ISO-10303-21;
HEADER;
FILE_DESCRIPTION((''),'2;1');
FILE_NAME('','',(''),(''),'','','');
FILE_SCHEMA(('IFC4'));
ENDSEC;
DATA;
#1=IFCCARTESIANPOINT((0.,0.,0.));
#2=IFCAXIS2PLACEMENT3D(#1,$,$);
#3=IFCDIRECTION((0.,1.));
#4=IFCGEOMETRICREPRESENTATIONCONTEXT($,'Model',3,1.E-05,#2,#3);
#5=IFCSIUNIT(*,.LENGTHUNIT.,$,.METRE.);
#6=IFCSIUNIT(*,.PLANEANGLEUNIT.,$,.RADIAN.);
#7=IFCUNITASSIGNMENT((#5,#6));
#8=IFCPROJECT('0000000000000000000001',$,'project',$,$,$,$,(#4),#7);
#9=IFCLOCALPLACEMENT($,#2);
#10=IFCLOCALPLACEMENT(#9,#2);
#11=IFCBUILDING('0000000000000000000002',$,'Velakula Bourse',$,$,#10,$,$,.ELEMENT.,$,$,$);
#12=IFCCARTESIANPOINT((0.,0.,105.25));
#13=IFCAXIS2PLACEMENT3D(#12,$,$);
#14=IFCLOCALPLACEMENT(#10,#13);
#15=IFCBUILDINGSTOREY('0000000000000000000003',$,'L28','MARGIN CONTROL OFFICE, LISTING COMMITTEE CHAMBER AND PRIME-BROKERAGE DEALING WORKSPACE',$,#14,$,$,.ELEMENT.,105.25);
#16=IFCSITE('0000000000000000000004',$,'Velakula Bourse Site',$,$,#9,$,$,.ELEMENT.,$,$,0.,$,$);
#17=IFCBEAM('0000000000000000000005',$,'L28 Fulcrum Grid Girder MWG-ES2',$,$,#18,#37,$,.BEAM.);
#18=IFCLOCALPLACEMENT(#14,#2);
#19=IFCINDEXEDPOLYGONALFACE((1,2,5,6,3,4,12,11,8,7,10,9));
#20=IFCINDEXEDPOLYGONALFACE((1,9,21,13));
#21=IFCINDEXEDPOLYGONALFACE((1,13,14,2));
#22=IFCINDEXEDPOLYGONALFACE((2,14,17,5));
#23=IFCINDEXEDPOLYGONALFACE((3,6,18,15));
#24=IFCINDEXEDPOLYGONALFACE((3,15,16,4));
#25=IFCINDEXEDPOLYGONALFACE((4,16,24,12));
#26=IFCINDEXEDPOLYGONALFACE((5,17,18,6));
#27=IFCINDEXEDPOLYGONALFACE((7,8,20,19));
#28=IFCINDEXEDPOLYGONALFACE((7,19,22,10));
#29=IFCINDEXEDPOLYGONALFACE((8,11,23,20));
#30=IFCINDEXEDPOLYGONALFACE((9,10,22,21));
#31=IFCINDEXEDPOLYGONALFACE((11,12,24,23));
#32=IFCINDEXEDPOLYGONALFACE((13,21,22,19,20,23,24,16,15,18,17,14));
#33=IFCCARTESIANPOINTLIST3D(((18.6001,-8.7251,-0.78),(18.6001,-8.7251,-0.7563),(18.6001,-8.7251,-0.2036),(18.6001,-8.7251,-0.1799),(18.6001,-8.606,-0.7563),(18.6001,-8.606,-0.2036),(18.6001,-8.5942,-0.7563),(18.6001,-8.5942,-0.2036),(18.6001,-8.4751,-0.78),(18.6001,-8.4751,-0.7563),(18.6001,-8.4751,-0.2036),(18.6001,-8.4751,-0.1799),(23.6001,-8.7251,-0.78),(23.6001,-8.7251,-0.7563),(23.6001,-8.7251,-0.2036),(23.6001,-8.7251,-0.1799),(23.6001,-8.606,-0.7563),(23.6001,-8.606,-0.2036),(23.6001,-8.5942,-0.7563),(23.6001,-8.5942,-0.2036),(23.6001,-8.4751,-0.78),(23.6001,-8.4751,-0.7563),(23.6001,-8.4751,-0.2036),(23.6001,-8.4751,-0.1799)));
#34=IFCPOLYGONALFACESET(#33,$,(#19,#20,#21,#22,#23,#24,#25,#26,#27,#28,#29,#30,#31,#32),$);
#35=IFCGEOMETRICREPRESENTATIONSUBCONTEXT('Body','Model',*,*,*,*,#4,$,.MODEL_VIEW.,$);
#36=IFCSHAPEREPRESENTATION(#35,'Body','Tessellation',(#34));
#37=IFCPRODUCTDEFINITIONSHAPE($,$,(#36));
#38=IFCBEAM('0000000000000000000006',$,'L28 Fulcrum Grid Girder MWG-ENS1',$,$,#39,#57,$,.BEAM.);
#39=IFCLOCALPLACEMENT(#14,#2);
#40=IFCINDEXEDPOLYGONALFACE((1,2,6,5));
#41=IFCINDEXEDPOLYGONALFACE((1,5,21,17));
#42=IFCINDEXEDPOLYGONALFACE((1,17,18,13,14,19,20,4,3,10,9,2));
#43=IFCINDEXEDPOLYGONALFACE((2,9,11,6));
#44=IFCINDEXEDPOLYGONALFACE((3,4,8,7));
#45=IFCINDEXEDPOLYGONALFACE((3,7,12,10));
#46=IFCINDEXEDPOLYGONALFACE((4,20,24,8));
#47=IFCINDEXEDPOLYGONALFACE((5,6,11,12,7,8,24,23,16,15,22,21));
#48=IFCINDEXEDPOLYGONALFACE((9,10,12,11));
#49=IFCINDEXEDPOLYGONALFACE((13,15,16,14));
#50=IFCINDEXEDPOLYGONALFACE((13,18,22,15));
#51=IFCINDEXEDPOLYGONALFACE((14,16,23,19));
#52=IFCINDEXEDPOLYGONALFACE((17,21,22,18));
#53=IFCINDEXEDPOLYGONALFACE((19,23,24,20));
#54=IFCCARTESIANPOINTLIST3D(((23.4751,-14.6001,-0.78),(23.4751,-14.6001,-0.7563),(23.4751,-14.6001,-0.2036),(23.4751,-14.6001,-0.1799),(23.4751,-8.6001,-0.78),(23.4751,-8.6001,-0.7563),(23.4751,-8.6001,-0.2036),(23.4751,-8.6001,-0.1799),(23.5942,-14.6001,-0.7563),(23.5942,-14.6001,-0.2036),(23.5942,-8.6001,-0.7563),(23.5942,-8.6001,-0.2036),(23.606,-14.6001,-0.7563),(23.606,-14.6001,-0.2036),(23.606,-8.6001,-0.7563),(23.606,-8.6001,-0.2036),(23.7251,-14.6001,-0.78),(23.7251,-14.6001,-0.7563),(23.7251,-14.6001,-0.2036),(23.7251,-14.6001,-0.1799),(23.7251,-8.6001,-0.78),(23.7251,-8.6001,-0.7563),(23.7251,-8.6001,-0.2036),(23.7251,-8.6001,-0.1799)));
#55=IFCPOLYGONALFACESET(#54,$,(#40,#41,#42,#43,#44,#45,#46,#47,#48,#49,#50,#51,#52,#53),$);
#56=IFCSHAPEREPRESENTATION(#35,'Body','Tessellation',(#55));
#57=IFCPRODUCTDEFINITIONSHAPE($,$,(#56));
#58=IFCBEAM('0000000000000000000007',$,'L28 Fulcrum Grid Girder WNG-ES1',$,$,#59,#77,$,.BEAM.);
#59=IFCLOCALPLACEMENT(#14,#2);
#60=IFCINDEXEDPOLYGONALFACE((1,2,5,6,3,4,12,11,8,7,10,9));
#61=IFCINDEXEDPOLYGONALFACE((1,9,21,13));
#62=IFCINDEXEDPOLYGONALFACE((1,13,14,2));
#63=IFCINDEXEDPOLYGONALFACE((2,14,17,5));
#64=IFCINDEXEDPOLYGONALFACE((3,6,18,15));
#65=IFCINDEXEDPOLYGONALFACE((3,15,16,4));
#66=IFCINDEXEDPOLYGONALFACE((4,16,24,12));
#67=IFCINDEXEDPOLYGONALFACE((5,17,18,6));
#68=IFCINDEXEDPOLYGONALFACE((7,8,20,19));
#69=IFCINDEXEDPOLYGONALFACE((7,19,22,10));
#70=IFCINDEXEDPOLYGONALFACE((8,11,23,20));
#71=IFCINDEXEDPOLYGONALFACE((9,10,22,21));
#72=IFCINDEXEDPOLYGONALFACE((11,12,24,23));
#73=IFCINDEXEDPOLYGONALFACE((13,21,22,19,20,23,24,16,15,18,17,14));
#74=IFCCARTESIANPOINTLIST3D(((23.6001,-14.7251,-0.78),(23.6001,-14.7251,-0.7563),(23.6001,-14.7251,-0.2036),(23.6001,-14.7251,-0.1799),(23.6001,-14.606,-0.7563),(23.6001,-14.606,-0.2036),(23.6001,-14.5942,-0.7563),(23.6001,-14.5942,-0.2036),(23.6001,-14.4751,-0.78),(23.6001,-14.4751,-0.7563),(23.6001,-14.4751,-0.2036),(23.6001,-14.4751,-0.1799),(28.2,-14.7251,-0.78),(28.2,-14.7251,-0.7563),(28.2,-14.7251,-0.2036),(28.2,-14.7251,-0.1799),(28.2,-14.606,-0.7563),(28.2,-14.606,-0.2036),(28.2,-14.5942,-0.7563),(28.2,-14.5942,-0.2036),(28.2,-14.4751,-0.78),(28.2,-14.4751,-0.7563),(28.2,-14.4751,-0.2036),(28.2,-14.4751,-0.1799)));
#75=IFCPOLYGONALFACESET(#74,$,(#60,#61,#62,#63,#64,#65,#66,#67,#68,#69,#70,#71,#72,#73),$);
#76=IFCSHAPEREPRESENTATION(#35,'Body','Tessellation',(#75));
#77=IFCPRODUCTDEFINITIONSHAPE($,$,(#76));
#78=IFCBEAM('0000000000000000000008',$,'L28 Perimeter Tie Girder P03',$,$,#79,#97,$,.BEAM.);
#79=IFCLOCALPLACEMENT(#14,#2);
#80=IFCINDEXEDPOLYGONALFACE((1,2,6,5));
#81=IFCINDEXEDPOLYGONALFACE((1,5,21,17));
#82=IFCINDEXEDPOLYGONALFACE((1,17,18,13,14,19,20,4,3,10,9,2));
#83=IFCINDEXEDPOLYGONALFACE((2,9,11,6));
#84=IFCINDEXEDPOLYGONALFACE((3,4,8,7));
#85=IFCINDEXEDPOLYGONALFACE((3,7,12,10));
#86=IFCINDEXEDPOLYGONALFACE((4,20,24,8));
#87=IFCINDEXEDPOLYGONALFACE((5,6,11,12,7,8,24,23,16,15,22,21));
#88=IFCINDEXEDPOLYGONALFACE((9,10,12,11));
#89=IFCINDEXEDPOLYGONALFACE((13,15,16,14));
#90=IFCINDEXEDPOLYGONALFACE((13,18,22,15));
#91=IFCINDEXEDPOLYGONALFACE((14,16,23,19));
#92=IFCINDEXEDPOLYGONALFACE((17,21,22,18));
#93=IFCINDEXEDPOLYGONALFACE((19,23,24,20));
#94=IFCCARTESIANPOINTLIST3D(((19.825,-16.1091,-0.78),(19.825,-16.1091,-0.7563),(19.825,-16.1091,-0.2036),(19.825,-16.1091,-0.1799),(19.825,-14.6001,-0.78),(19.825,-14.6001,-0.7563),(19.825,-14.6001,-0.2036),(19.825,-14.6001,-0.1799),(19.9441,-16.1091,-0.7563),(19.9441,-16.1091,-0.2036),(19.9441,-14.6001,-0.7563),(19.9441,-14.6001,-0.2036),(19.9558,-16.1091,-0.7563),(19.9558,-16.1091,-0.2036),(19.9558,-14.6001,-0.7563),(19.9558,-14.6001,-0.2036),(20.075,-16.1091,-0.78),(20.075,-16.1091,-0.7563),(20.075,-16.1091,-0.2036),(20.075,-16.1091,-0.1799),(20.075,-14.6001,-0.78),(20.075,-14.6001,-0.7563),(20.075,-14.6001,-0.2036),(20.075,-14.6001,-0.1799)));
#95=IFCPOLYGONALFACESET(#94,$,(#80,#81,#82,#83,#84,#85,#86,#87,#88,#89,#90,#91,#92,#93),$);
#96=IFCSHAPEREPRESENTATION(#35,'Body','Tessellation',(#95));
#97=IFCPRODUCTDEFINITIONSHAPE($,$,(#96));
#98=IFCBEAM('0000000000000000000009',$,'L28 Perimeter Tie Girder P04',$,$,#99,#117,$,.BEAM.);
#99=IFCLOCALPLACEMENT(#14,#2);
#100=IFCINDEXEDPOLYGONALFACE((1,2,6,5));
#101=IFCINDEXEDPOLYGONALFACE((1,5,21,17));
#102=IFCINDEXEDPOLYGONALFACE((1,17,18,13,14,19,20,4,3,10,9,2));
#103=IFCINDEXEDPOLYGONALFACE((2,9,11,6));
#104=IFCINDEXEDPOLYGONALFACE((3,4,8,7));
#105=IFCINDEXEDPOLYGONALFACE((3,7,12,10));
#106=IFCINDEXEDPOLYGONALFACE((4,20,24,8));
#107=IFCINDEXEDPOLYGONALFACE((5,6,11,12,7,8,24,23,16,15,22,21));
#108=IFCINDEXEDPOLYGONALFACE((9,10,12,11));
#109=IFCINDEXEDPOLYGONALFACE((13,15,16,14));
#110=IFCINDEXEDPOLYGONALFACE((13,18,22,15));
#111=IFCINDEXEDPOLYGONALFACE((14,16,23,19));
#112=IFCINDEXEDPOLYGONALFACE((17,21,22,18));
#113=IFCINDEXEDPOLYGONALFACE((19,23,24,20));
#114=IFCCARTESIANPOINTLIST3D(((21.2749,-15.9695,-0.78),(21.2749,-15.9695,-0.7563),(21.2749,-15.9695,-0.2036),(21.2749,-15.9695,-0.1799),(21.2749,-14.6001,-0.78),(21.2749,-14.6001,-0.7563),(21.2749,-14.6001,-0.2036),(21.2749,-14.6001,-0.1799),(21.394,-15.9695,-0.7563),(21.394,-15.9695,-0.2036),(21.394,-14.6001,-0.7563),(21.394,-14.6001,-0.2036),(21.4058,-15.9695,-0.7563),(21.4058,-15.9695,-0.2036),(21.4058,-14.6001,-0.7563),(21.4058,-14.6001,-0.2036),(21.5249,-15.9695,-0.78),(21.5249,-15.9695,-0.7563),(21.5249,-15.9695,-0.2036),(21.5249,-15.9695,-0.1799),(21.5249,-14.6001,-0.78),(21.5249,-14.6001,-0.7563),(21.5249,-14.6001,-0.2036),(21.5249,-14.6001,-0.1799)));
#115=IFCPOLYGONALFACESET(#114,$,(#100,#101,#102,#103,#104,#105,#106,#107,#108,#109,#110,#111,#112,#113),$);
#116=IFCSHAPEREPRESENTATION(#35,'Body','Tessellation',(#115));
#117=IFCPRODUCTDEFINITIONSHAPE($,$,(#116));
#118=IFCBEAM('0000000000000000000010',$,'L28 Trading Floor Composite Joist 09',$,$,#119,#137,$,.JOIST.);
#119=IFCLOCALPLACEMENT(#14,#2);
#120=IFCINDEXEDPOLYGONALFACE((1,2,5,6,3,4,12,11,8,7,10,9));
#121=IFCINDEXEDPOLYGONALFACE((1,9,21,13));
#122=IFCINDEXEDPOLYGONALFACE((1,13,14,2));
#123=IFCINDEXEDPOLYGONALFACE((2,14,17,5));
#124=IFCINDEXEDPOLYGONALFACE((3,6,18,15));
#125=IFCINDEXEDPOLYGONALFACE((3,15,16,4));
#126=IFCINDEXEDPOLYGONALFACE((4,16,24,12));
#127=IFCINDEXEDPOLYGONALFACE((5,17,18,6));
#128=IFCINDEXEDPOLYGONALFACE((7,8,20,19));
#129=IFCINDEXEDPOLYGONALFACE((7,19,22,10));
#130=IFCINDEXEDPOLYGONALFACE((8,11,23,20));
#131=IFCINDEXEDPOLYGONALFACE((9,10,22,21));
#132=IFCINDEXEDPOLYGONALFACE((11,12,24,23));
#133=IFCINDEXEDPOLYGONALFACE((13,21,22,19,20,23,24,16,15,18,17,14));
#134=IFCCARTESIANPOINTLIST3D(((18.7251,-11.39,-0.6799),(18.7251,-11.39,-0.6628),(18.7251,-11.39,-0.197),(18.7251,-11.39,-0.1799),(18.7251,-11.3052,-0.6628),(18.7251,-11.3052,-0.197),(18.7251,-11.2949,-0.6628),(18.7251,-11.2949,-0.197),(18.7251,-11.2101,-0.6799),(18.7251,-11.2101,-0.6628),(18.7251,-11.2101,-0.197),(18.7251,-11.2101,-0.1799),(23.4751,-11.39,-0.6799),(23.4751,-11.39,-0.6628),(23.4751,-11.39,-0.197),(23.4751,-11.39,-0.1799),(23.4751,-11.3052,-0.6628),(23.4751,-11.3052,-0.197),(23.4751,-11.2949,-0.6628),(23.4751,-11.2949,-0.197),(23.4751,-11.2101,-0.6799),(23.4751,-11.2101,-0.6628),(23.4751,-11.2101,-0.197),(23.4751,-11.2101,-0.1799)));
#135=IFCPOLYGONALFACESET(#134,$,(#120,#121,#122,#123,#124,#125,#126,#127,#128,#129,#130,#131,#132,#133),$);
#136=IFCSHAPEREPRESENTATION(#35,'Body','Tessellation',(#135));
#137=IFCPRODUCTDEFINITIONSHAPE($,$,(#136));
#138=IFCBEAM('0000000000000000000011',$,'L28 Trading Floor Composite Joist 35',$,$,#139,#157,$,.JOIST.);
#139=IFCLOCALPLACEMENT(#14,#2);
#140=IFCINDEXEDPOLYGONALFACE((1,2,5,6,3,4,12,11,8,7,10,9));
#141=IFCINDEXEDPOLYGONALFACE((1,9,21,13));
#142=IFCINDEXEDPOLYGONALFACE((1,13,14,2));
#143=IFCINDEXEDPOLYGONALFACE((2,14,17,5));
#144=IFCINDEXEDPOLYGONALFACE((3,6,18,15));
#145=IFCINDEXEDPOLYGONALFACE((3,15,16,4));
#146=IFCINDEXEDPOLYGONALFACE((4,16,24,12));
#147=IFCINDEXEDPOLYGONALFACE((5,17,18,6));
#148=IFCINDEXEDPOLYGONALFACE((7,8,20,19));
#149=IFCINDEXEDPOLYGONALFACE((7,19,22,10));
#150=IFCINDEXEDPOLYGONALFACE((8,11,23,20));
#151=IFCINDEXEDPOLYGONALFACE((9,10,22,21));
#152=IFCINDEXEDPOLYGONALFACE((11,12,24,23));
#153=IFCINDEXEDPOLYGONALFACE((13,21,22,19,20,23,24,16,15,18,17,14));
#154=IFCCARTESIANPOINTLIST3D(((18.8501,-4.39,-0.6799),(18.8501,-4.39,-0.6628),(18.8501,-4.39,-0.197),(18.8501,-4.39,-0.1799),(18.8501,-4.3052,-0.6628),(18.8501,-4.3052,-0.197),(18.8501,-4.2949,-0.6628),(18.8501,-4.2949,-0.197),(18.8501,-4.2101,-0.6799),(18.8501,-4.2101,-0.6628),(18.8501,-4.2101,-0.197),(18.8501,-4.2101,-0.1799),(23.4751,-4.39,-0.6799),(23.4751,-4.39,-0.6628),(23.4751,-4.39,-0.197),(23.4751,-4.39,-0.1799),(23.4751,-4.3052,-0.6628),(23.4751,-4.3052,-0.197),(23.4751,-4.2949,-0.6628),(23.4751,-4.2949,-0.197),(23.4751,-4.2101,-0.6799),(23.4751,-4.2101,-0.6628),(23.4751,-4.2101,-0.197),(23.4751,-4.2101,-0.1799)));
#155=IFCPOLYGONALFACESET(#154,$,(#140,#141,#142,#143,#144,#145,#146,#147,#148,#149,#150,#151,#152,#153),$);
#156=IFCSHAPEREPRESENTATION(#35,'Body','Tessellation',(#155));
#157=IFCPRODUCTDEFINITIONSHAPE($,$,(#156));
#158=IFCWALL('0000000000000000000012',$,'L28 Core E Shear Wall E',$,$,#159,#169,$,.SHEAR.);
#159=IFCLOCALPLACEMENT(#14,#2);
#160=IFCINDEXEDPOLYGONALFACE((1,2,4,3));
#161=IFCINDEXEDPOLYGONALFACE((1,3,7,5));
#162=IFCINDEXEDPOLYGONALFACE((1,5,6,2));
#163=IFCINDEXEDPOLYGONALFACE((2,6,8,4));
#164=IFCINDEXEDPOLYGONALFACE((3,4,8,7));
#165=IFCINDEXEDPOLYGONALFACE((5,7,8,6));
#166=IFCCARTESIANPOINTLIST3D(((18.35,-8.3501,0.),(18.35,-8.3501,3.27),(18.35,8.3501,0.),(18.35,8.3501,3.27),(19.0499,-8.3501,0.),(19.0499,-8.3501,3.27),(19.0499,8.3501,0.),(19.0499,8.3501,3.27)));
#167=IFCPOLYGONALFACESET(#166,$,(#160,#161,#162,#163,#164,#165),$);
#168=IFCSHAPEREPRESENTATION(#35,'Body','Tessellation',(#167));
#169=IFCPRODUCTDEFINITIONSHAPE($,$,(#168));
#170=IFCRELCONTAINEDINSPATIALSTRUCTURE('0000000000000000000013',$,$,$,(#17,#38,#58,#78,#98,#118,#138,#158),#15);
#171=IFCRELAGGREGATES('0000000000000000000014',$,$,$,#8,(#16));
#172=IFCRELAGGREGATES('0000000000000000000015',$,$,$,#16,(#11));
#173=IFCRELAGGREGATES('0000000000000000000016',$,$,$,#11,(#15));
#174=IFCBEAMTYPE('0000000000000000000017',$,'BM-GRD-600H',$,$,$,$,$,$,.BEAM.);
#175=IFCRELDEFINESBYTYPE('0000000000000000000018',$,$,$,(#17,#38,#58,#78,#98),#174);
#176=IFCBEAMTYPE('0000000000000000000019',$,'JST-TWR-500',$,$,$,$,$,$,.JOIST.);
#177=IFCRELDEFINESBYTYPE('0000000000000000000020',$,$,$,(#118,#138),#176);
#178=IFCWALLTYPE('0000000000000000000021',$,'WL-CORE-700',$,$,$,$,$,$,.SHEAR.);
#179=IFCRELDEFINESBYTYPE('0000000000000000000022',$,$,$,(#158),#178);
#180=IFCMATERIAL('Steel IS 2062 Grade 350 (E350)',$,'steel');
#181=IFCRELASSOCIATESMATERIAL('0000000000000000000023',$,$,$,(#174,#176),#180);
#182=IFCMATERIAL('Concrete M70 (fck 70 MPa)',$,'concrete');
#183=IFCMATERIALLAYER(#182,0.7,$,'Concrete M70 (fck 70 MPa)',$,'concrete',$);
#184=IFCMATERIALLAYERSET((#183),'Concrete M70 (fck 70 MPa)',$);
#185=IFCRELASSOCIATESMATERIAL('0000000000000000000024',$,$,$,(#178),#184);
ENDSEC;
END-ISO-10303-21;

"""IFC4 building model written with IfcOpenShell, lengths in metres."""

from ifc_helpers import new_model, si_unit, direction, frame, frame_2d, origin, origin_2d, place, context, subcontext, project, spatial, rectangle, i_section, extrude, material, layer, layer_set, material_profile, profile_set, type_object, element, save


model = new_model("IFC4")

# Units and contexts
model_context = context("Model", 3, precision=1e-05, world=origin(), true_north=direction((0.0, 1.0)))
body_context = subcontext(model_context, "Body", "Model", "MODEL_VIEW")
ifc_project = project(units=[si_unit("LENGTHUNIT", "METRE"), si_unit("PLANEANGLEUNIT", "RADIAN")], contexts=[model_context])

# Site, building, storey
site_placement = place(None, origin())
site = spatial("IfcSite", under=ifc_project, at=site_placement, Name="Velakula Bourse Site", CompositionType="ELEMENT", RefElevation=0.0)
building_placement = place(site_placement, origin())
building = spatial("IfcBuilding", under=site, at=building_placement, Name="Velakula Bourse", CompositionType="ELEMENT")
storey_placement = place(building_placement, frame((0.0, 0.0, 105.25)))
storey = spatial("IfcBuildingStorey", under=building, at=storey_placement, Name="L28", Description="MARGIN CONTROL OFFICE, LISTING COMMITTEE CHAMBER AND PRIME-BROKERAGE DEALING WORKSPACE", CompositionType="ELEMENT", Elevation=105.25)

# Shared definitions
ifc_material_1 = material(Name="Concrete M70 (fck 70 MPa)", Category="concrete")

# Beams
ifc_material_2 = material(Name="Steel IS 2062 Grade 350 (E350)", Category="steel")
ifc_material_profile_1 = material_profile(ifc_material_2, i_section(OverallWidth=0.25, OverallDepth=0.6001, WebThickness=0.0117, FlangeThickness=0.0237, at=origin_2d()), Name="Steel IS 2062 Grade 350 (E350)")
ifc_profile_set_1 = profile_set([ifc_material_profile_1], Name="Steel IS 2062 Grade 350 (E350)")
beam_type_1 = type_object("IfcBeamType", Name="BM-GRD-600H", PredefinedType="BEAM", material=ifc_profile_set_1)
beam_1_placement = place(storey_placement, frame((18.6001, -8.6001, -0.48), z_axis=(1.0, 0.0, 0.0), x_axis=(0.0, 1.0, 0.0)))
element("IfcBeam", 1, at=beam_1_placement, inside=storey, type_object=beam_type_1, Name="L28 Fulcrum Grid Girder MWG-ES2", PredefinedType="BEAM", context=body_context, shape_type="SweptSolid", body=[
    extrude(i_section(OverallWidth=0.25, OverallDepth=0.6001, WebThickness=0.0117, FlangeThickness=0.0237, at=origin_2d()), origin(), (0.0, 0.0, 1.0), 5.0),
])
beam_2_placement = place(storey_placement, frame((23.6001, -14.6001, -0.48), z_axis=(0.0, 1.0, 0.0), x_axis=(-1.0, 0.0, 0.0)))
element("IfcBeam", 2, at=beam_2_placement, inside=storey, type_object=beam_type_1, Name="L28 Fulcrum Grid Girder MWG-ENS1", PredefinedType="BEAM", context=body_context, shape_type="SweptSolid", body=[
    extrude(i_section(OverallWidth=0.25, OverallDepth=0.6001, WebThickness=0.0117, FlangeThickness=0.0237, at=origin_2d()), origin(), (0.0, 0.0, 1.0), 6.0),
])
beam_3_placement = place(storey_placement, frame((23.6001, -14.6001, -0.48), z_axis=(1.0, 0.0, 0.0), x_axis=(0.0, 1.0, 0.0)))
element("IfcBeam", 3, at=beam_3_placement, inside=storey, type_object=beam_type_1, Name="L28 Fulcrum Grid Girder WNG-ES1", PredefinedType="BEAM", context=body_context, shape_type="SweptSolid", body=[
    extrude(i_section(OverallWidth=0.25, OverallDepth=0.6001, WebThickness=0.0117, FlangeThickness=0.0237, at=origin_2d()), origin(), (0.0, 0.0, 1.0), 4.5999),
])
beam_4_placement = place(storey_placement, frame((19.95, -14.6001, -0.48), z_axis=(0.0, -1.0, 0.0), x_axis=(1.0, 0.0, 0.0)))
element("IfcBeam", 4, at=beam_4_placement, inside=storey, type_object=beam_type_1, Name="L28 Perimeter Tie Girder P03", PredefinedType="BEAM", context=body_context, shape_type="SweptSolid", body=[
    extrude(i_section(OverallWidth=0.25, OverallDepth=0.6001, WebThickness=0.0117, FlangeThickness=0.0237, at=origin_2d()), origin(), (0.0, 0.0, 1.0), 1.509),
])
beam_5_placement = place(storey_placement, frame((21.3999, -14.6001, -0.48), z_axis=(0.0, -1.0, 0.0), x_axis=(1.0, 0.0, 0.0)))
element("IfcBeam", 5, at=beam_5_placement, inside=storey, type_object=beam_type_1, Name="L28 Perimeter Tie Girder P04", PredefinedType="BEAM", context=body_context, shape_type="SweptSolid", body=[
    extrude(i_section(OverallWidth=0.25, OverallDepth=0.6001, WebThickness=0.0117, FlangeThickness=0.0237, at=origin_2d()), origin(), (0.0, 0.0, 1.0), 1.3694),
])
ifc_material_profile_2 = material_profile(ifc_material_2, i_section(OverallWidth=0.1799, OverallDepth=0.5, WebThickness=0.0103, FlangeThickness=0.0171, at=origin_2d()), Name="Steel IS 2062 Grade 350 (E350)")
ifc_profile_set_2 = profile_set([ifc_material_profile_2], Name="Steel IS 2062 Grade 350 (E350)")
beam_type_2 = type_object("IfcBeamType", Name="JST-TWR-500", PredefinedType="JOIST", material=ifc_profile_set_2)
beam_6_placement = place(storey_placement, frame((18.7251, -11.3, -0.4299), z_axis=(1.0, 0.0, 0.0), x_axis=(0.0, 1.0, 0.0)))
element("IfcBeam", 6, at=beam_6_placement, inside=storey, type_object=beam_type_2, Name="L28 Trading Floor Composite Joist 09", PredefinedType="JOIST", context=body_context, shape_type="SweptSolid", body=[
    extrude(i_section(OverallWidth=0.1799, OverallDepth=0.5, WebThickness=0.0103, FlangeThickness=0.0171, at=origin_2d()), origin(), (0.0, 0.0, 1.0), 4.75),
])
beam_7_placement = place(storey_placement, frame((18.8501, -4.3, -0.4299), z_axis=(1.0, 0.0, 0.0), x_axis=(0.0, 1.0, 0.0)))
element("IfcBeam", 7, at=beam_7_placement, inside=storey, type_object=beam_type_2, Name="L28 Trading Floor Composite Joist 35", PredefinedType="JOIST", context=body_context, shape_type="SweptSolid", body=[
    extrude(i_section(OverallWidth=0.1799, OverallDepth=0.5, WebThickness=0.0103, FlangeThickness=0.0171, at=origin_2d()), origin(), (0.0, 0.0, 1.0), 4.625),
])

# Wall
ifc_layer_1 = layer(ifc_material_1, 0.7, Name="Concrete M70 (fck 70 MPa)", Category="concrete")
ifc_layer_set_1 = layer_set([ifc_layer_1], Name="Concrete M70 (fck 70 MPa)")
wall_type_1 = type_object("IfcWallType", Name="WL-CORE-700", PredefinedType="SHEAR", material=ifc_layer_set_1)
wall_1_placement = place(storey_placement, frame((18.7, -8.3501, 0.0), z_axis=(0.0, 0.0, 1.0), x_axis=(0.0, 1.0, 0.0)))
element("IfcWall", 8, at=wall_1_placement, inside=storey, type_object=wall_type_1, Name="L28 Core E Shear Wall E", PredefinedType="SHEAR", context=body_context, shape_type="SweptSolid", body=[
    extrude(rectangle(XDim=16.7002, YDim=0.7, at=frame_2d((8.3501, 0.0))), origin(), (0.0, 0.0, 1.0), 3.27),
])

save(model, "model.ifc")
